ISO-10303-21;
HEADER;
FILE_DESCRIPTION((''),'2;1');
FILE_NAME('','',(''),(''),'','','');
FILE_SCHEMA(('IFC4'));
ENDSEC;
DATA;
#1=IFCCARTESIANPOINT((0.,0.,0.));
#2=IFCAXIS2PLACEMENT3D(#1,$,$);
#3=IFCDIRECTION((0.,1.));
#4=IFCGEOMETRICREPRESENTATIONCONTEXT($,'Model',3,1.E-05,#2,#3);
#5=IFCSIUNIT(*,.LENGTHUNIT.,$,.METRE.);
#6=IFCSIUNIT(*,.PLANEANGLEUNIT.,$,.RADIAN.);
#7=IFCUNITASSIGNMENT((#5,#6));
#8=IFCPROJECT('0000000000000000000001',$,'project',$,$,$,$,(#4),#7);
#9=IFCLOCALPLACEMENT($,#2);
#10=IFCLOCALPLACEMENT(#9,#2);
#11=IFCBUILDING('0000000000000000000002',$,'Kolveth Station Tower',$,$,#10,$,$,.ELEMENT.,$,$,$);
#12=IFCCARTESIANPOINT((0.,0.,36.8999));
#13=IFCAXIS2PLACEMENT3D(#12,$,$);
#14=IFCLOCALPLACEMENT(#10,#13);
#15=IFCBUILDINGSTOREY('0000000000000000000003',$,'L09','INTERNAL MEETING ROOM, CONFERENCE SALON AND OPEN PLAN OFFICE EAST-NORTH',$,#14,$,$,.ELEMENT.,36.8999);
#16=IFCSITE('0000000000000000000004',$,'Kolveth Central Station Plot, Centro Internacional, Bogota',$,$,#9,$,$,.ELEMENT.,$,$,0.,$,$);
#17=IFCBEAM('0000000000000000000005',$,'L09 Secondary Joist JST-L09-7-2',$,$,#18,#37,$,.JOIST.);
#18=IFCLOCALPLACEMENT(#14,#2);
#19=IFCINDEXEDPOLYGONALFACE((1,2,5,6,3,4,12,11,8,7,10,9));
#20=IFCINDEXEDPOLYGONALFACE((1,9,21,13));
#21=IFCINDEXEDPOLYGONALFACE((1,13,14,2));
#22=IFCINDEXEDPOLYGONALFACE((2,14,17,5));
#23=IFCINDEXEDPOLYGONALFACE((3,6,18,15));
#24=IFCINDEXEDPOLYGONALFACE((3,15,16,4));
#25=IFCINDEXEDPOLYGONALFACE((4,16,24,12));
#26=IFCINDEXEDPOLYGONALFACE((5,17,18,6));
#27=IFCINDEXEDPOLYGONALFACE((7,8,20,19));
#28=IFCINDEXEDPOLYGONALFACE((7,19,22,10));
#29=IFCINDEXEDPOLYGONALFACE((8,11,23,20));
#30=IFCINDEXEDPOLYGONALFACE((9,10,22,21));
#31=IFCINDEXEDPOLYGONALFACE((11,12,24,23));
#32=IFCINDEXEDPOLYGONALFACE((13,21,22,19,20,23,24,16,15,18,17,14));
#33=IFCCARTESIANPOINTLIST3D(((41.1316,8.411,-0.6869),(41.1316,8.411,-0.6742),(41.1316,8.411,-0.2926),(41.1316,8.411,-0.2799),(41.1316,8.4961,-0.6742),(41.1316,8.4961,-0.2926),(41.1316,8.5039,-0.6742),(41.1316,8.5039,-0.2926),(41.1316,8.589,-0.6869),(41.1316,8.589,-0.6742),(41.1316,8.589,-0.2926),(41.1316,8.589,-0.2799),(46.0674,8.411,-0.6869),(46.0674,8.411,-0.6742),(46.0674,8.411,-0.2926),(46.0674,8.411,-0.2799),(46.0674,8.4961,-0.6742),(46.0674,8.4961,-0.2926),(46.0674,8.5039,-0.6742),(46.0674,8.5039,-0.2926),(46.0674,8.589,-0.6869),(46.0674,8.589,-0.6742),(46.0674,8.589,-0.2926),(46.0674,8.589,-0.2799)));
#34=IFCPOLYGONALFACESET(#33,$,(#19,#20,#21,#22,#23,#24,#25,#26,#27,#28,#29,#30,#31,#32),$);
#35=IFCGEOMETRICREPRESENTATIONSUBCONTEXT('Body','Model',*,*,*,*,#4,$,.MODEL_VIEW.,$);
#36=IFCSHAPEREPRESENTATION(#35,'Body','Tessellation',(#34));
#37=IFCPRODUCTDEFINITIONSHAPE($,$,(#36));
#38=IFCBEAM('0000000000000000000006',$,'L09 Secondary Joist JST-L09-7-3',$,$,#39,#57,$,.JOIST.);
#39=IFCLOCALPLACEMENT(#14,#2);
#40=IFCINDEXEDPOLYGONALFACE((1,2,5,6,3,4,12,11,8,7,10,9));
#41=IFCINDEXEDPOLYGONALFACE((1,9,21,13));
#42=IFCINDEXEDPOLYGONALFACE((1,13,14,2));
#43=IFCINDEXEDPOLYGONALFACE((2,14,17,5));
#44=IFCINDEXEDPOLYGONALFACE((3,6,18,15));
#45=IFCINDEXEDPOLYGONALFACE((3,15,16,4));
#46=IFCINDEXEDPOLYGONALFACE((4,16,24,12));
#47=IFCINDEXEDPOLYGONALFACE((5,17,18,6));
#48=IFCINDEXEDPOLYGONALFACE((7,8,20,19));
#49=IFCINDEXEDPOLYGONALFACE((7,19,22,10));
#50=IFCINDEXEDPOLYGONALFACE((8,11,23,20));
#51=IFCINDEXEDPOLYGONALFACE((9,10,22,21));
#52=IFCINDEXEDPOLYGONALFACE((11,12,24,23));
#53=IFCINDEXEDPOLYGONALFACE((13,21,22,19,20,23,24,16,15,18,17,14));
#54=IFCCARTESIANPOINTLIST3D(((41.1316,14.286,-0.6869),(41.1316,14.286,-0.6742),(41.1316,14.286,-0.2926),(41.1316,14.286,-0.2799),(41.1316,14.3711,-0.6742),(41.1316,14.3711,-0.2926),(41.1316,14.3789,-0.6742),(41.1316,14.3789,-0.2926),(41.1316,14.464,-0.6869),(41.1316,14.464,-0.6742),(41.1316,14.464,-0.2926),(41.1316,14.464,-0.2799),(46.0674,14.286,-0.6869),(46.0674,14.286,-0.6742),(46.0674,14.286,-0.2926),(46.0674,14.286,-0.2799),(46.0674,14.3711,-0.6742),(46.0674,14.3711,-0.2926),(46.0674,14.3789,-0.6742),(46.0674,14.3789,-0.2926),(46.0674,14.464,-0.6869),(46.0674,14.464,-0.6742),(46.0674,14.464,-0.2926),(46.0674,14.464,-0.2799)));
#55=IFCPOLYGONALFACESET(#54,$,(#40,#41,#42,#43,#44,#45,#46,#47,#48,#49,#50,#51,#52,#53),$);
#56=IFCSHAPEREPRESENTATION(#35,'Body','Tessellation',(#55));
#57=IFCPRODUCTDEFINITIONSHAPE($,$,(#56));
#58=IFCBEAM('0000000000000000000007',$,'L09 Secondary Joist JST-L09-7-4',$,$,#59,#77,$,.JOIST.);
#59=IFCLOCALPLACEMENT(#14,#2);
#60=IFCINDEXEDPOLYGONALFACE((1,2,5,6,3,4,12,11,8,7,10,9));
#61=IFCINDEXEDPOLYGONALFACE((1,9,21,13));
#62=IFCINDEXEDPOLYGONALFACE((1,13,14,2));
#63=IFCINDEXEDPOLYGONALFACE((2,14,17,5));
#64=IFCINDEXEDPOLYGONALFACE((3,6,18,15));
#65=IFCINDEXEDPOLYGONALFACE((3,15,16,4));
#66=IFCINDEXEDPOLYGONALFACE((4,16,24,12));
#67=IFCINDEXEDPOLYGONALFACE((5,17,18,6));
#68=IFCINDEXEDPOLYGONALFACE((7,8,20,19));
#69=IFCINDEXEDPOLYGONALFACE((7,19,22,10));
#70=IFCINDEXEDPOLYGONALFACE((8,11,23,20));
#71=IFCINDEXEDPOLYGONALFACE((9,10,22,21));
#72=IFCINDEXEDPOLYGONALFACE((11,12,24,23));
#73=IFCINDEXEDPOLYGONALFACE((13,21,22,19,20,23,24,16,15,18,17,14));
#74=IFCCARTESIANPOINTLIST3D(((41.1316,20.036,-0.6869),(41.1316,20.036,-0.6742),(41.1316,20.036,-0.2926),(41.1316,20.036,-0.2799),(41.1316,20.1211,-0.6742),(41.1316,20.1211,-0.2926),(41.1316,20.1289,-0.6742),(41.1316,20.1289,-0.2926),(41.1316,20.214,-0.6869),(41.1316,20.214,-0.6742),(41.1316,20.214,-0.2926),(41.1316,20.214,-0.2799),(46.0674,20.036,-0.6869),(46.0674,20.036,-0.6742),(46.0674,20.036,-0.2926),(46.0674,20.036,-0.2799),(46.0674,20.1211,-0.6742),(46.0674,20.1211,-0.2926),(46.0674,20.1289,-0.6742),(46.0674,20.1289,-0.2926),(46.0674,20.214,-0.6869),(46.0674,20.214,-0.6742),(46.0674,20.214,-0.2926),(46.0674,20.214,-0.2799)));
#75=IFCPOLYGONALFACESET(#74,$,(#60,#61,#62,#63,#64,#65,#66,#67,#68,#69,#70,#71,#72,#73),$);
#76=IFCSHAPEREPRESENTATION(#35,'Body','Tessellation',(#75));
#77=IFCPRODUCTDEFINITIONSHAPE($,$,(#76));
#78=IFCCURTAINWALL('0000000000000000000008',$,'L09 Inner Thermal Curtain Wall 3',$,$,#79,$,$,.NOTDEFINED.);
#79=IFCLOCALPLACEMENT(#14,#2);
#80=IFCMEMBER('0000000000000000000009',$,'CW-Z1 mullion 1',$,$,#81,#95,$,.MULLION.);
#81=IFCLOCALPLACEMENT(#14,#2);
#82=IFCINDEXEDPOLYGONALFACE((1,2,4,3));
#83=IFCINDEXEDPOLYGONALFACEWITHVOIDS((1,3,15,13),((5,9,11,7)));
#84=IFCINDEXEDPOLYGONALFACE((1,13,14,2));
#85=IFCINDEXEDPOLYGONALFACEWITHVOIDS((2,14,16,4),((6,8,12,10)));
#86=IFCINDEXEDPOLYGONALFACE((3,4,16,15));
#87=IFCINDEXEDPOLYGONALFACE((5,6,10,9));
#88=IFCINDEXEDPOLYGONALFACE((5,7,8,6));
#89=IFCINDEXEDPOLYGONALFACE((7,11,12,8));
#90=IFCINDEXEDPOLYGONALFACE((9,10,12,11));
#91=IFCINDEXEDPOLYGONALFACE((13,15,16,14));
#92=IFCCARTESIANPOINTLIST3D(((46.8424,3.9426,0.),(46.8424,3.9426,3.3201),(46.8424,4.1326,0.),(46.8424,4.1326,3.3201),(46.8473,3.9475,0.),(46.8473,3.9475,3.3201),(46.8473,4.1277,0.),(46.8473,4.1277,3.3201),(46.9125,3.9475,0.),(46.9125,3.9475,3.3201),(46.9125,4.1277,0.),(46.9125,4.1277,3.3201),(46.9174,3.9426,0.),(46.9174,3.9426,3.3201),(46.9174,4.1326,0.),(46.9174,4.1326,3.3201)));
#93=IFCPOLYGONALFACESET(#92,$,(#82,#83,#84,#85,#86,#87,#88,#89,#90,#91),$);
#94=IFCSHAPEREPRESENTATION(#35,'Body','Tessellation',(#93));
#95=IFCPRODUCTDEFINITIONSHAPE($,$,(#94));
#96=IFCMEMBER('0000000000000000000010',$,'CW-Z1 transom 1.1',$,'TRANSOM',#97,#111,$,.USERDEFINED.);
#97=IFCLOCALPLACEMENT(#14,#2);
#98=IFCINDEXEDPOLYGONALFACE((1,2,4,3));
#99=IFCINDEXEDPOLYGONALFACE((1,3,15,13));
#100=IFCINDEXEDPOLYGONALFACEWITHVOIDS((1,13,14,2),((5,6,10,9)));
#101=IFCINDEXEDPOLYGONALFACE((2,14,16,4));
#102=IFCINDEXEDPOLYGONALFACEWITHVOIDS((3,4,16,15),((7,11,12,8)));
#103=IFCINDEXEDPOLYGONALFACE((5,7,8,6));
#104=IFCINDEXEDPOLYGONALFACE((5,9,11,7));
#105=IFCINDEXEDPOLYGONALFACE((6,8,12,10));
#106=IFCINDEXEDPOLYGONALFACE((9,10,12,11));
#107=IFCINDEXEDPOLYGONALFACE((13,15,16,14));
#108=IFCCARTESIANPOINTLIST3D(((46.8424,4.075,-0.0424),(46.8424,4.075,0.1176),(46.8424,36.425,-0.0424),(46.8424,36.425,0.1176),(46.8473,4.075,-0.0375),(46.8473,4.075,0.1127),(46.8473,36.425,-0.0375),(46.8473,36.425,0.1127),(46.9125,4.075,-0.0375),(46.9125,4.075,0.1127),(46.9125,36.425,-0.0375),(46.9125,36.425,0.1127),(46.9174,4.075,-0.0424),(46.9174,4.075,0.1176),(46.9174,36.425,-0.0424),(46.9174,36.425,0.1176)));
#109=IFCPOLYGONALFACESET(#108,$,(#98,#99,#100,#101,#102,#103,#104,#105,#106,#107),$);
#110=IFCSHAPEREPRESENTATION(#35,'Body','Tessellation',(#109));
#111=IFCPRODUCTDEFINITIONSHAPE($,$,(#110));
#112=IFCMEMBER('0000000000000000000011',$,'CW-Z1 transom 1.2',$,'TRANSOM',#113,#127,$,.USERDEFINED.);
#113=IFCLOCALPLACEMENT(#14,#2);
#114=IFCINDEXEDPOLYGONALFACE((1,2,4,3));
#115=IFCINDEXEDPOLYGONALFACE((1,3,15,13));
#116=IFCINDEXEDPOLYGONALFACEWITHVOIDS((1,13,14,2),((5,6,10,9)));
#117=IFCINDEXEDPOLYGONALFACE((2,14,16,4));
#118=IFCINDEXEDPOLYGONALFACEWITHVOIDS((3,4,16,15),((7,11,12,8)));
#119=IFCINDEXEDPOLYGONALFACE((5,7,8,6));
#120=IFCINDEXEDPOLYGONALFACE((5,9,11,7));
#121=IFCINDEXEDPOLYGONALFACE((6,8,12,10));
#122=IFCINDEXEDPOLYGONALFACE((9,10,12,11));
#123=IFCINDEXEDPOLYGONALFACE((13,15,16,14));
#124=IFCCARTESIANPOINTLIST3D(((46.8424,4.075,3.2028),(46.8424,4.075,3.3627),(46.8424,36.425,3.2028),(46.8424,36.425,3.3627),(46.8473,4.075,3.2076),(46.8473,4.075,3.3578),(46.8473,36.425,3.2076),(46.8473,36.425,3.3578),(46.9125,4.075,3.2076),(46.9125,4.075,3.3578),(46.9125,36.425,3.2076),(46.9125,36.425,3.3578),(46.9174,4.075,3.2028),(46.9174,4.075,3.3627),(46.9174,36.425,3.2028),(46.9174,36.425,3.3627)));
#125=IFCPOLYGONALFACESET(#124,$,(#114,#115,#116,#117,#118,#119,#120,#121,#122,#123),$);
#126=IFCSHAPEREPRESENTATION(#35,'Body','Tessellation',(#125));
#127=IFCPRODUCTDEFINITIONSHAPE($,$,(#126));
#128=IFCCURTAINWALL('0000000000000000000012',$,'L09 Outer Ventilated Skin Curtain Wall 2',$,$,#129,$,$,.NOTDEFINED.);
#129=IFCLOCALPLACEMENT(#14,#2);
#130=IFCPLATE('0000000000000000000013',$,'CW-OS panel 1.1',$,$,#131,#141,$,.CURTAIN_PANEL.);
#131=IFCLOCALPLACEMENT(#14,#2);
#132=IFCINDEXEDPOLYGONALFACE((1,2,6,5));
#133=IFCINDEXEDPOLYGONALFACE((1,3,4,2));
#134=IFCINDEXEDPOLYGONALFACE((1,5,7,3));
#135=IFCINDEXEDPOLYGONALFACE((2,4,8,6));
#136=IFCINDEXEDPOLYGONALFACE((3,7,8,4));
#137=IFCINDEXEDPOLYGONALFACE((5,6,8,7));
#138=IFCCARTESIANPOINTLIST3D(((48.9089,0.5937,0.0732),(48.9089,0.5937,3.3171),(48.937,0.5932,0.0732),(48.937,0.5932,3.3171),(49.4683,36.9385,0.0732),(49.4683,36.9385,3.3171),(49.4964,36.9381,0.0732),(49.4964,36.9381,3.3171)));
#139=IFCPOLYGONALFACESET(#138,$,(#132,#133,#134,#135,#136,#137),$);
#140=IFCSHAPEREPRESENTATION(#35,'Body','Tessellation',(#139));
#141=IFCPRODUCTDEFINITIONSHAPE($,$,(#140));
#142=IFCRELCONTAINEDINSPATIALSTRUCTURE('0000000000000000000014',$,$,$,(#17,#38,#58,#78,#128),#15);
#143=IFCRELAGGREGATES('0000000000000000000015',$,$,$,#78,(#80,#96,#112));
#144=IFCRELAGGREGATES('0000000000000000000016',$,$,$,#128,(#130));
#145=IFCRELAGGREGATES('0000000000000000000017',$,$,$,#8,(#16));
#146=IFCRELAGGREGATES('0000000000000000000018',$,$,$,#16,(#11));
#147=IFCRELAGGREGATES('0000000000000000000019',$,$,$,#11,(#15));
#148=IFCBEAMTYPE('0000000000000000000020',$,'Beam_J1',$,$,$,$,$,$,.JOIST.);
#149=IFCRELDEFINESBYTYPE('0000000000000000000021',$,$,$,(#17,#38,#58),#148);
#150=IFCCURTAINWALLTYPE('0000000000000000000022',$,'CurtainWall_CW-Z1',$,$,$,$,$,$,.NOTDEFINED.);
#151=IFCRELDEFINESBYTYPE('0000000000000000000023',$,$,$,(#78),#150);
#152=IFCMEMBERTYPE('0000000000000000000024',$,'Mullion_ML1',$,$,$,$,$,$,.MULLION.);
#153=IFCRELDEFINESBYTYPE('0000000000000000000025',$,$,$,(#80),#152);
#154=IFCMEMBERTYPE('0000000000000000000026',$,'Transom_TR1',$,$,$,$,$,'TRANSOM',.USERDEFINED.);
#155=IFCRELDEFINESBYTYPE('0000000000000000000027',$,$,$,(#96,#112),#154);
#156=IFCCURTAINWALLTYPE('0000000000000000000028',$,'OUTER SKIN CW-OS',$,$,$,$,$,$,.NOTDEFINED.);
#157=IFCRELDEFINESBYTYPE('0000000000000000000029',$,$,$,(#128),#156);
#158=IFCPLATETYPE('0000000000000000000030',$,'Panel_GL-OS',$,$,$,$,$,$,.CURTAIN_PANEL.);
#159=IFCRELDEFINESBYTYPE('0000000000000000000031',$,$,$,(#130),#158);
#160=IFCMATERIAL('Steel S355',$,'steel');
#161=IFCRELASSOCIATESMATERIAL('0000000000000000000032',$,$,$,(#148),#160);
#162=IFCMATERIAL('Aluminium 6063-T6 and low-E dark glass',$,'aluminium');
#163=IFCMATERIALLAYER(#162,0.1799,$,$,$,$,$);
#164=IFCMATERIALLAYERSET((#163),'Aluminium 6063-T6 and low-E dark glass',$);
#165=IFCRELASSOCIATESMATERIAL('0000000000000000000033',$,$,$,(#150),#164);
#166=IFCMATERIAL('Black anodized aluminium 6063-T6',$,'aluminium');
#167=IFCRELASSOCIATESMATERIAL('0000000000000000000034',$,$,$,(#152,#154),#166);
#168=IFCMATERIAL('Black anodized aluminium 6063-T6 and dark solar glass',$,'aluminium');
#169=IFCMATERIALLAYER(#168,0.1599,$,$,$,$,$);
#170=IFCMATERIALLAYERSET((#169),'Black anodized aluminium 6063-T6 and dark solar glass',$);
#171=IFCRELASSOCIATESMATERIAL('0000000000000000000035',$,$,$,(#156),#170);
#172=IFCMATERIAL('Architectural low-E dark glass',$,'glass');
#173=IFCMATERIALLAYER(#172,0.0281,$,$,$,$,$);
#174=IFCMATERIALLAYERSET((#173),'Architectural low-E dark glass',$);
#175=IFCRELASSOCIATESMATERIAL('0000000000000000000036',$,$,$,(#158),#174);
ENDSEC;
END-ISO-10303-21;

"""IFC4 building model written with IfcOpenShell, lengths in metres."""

from ifc_helpers import new_model, si_unit, direction, frame, origin, origin_2d, place, context, subcontext, project, spatial, rectangle, hollow_rectangle, i_section, extrude, source, transform, mapped, material, layer, layer_set, material_profile, profile_set, type_object, element, aggregate, save


model = new_model("IFC4")

# Units and contexts
model_context = context("Model", 3, precision=1e-05, world=origin(), true_north=direction((0.0, 1.0)))
body_context = subcontext(model_context, "Body", "Model", "MODEL_VIEW")
ifc_project = project(units=[si_unit("LENGTHUNIT", "METRE"), si_unit("PLANEANGLEUNIT", "RADIAN")], contexts=[model_context])

# Site, building, storey
site_placement = place(None, origin())
site = spatial("IfcSite", under=ifc_project, at=site_placement, Name="Kolveth Central Station Plot, Centro Internacional, Bogota", CompositionType="ELEMENT", RefElevation=0.0)
building_placement = place(site_placement, origin())
building = spatial("IfcBuilding", under=site, at=building_placement, Name="Kolveth Station Tower", CompositionType="ELEMENT")
storey_placement = place(building_placement, frame((0.0, 0.0, 36.8999)))
storey = spatial("IfcBuildingStorey", under=building, at=storey_placement, Name="L09", Description="INTERNAL MEETING ROOM, CONFERENCE SALON AND OPEN PLAN OFFICE EAST-NORTH", CompositionType="ELEMENT", Elevation=36.8999)

# Shared definitions
ifc_material_1 = material(Name="Steel S355", Category="steel")

# Beams
ifc_material_profile_1 = material_profile(ifc_material_1, i_section(OverallWidth=0.178, OverallDepth=0.407, WebThickness=0.0078, FlangeThickness=0.0127, at=origin_2d()), Name="W410x60")
ifc_profile_set_1 = profile_set([ifc_material_profile_1], Name="Steel S355")
beam_type_1 = type_object("IfcBeamType", Name="Beam_J1", PredefinedType="JOIST", material=ifc_profile_set_1)
shared_shape_1 = source(origin(), body_context, "Body", "SweptSolid", [
    extrude(i_section(OverallWidth=0.178, OverallDepth=0.407, WebThickness=0.0078, FlangeThickness=0.0127, at=origin_2d()), origin(), (0.0, 0.0, 1.0), 4.9358),
])
for number, where, z_axis, x_axis, name in (
    (1, (41.1316, 8.5, -0.4834), (1.0, 0.0, 0.0), (0.0, 1.0, 0.0), "L09 Secondary Joist JST-L09-7-2"),
    (2, (41.1316, 14.375, -0.4834), (1.0, 0.0, 0.0), (0.0, 1.0, 0.0), "L09 Secondary Joist JST-L09-7-3"),
    (3, (41.1316, 20.125, -0.4834), (1.0, 0.0, 0.0), (0.0, 1.0, 0.0), "L09 Secondary Joist JST-L09-7-4"),
):
    element("IfcBeam", number, at=place(storey_placement, frame(where, z_axis=z_axis, x_axis=x_axis)), inside=storey, type_object=beam_type_1, Name=name, PredefinedType="JOIST", context=body_context, shape_type="MappedRepresentation", body=[
        mapped(shared_shape_1, transform((0.0, 0.0, 0.0), x_axis=(1.0, 0.0, 0.0), y_axis=(0.0, 1.0, 0.0), z_axis=(0.0, 0.0, 1.0), scale=1.0)),
    ])

# Curtain wall, members
ifc_material_2 = material(Name="Aluminium 6063-T6 and low-E dark glass", Category="aluminium")
ifc_layer_1 = layer(ifc_material_2, 0.1799)
ifc_layer_set_1 = layer_set([ifc_layer_1], Name="Aluminium 6063-T6 and low-E dark glass")
curtain_wall_type_1 = type_object("IfcCurtainWallType", Name="CurtainWall_CW-Z1", PredefinedType="NOTDEFINED", material=ifc_layer_set_1)
curtain_wall_1_placement = place(storey_placement, origin())
curtain_wall_1 = element("IfcCurtainWall", 4, at=curtain_wall_1_placement, inside=storey, type_object=curtain_wall_type_1, Name="L09 Inner Thermal Curtain Wall 3", PredefinedType="NOTDEFINED")
ifc_material_3 = material(Name="Black anodized aluminium 6063-T6", Category="aluminium")
ifc_material_profile_2 = material_profile(ifc_material_3, hollow_rectangle(XDim=0.075, YDim=0.1899, WallThickness=0.0049, at=origin_2d()), Name="ALU-75x190x5")
ifc_profile_set_2 = profile_set([ifc_material_profile_2], Name="Black anodized aluminium 6063-T6")
member_type_1 = type_object("IfcMemberType", Name="Mullion_ML1", PredefinedType="MULLION", material=ifc_profile_set_2)
shared_shape_2 = source(origin(), body_context, "Body", "SweptSolid", [
    extrude(hollow_rectangle(XDim=0.075, YDim=0.1899, WallThickness=0.0049, at=origin_2d()), origin(), (0.0, 0.0, 1.0), 3.3201),
])
member_1_placement = place(storey_placement, frame((46.8799, 4.0376, 0.0), z_axis=(0.0, 0.0, 1.0), x_axis=(-1.0, 0.0, 0.0)))
member_1 = element("IfcMember", 5, at=member_1_placement, type_object=member_type_1, Name="CW-Z1 mullion 1", PredefinedType="MULLION", context=body_context, shape_type="MappedRepresentation", body=[
    mapped(shared_shape_2, transform((0.0, 0.0, 0.0), x_axis=(1.0, 0.0, 0.0), y_axis=(0.0, 1.0, 0.0), z_axis=(0.0, 0.0, 1.0), scale=1.0)),
])
ifc_material_profile_3 = material_profile(ifc_material_3, hollow_rectangle(XDim=0.075, YDim=0.1599, WallThickness=0.0049, at=origin_2d()), Name="ALU-75x160x5")
ifc_profile_set_3 = profile_set([ifc_material_profile_3], Name="Black anodized aluminium 6063-T6")
member_type_2 = type_object("IfcMemberType", Name="Transom_TR1", ElementType="TRANSOM", PredefinedType="USERDEFINED", material=ifc_profile_set_3)
shared_shape_3 = source(origin(), body_context, "Body", "SweptSolid", [
    extrude(hollow_rectangle(XDim=0.075, YDim=0.1599, WallThickness=0.0049, at=origin_2d()), origin(), (0.0, 0.0, 1.0), 32.3501),
])
member_2_placement = place(storey_placement, frame((46.8799, 4.075, 0.0376), z_axis=(0.0, 1.0, 0.0), x_axis=(-1.0, 0.0, 0.0)))
member_2 = element("IfcMember", 6, at=member_2_placement, type_object=member_type_2, Name="CW-Z1 transom 1.1", ObjectType="TRANSOM", PredefinedType="USERDEFINED", context=body_context, shape_type="MappedRepresentation", body=[
    mapped(shared_shape_3, transform((0.0, 0.0, 0.0), x_axis=(1.0, 0.0, 0.0), y_axis=(0.0, 1.0, 0.0), z_axis=(0.0, 0.0, 1.0), scale=1.0)),
])
member_3_placement = place(storey_placement, frame((46.8799, 4.075, 3.2827), z_axis=(0.0, 1.0, 0.0), x_axis=(-1.0, 0.0, 0.0)))
member_3 = element("IfcMember", 7, at=member_3_placement, type_object=member_type_2, Name="CW-Z1 transom 1.2", ObjectType="TRANSOM", PredefinedType="USERDEFINED", context=body_context, shape_type="MappedRepresentation", body=[
    mapped(shared_shape_3, transform((0.0, 0.0, 0.0), x_axis=(1.0, 0.0, 0.0), y_axis=(0.0, 1.0, 0.0), z_axis=(0.0, 0.0, 1.0), scale=1.0)),
])
aggregate(curtain_wall_1, [member_1, member_2, member_3])

# Curtain wall, plate
ifc_material_4 = material(Name="Black anodized aluminium 6063-T6 and dark solar glass", Category="aluminium")
ifc_layer_2 = layer(ifc_material_4, 0.1599)
ifc_layer_set_2 = layer_set([ifc_layer_2], Name="Black anodized aluminium 6063-T6 and dark solar glass")
curtain_wall_type_2 = type_object("IfcCurtainWallType", Name="OUTER SKIN CW-OS", PredefinedType="NOTDEFINED", material=ifc_layer_set_2)
curtain_wall_2_placement = place(storey_placement, origin())
curtain_wall_2 = element("IfcCurtainWall", 8, at=curtain_wall_2_placement, inside=storey, type_object=curtain_wall_type_2, Name="L09 Outer Ventilated Skin Curtain Wall 2", PredefinedType="NOTDEFINED")
ifc_material_5 = material(Name="Architectural low-E dark glass", Category="glass")
ifc_layer_3 = layer(ifc_material_5, 0.0281)
ifc_layer_set_3 = layer_set([ifc_layer_3], Name="Architectural low-E dark glass")
plate_type = type_object("IfcPlateType", Name="Panel_GL-OS", PredefinedType="CURTAIN_PANEL", material=ifc_layer_set_3)
shared_shape_4 = source(origin(), body_context, "Body", "SweptSolid", [
    extrude(rectangle(XDim=36.3491, YDim=0.0281, at=origin_2d()), origin(), (0.0, 0.0, 1.0), 3.2439),
])
plate_placement = place(storey_placement, frame((49.2026, 18.7659, 0.0732), z_axis=(0.0, 0.0, 1.0), x_axis=(0.015391, 0.999882, 0.0)))
plate = element("IfcPlate", 9, at=plate_placement, type_object=plate_type, Name="CW-OS panel 1.1", PredefinedType="CURTAIN_PANEL", context=body_context, shape_type="MappedRepresentation", body=[
    mapped(shared_shape_4, transform((0.0, 0.0, 0.0), x_axis=(1.0, 0.0, 0.0), y_axis=(0.0, 1.0, 0.0), z_axis=(0.0, 0.0, 1.0), scale=1.0)),
])
aggregate(curtain_wall_2, [plate])

save(model, "model.ifc")
